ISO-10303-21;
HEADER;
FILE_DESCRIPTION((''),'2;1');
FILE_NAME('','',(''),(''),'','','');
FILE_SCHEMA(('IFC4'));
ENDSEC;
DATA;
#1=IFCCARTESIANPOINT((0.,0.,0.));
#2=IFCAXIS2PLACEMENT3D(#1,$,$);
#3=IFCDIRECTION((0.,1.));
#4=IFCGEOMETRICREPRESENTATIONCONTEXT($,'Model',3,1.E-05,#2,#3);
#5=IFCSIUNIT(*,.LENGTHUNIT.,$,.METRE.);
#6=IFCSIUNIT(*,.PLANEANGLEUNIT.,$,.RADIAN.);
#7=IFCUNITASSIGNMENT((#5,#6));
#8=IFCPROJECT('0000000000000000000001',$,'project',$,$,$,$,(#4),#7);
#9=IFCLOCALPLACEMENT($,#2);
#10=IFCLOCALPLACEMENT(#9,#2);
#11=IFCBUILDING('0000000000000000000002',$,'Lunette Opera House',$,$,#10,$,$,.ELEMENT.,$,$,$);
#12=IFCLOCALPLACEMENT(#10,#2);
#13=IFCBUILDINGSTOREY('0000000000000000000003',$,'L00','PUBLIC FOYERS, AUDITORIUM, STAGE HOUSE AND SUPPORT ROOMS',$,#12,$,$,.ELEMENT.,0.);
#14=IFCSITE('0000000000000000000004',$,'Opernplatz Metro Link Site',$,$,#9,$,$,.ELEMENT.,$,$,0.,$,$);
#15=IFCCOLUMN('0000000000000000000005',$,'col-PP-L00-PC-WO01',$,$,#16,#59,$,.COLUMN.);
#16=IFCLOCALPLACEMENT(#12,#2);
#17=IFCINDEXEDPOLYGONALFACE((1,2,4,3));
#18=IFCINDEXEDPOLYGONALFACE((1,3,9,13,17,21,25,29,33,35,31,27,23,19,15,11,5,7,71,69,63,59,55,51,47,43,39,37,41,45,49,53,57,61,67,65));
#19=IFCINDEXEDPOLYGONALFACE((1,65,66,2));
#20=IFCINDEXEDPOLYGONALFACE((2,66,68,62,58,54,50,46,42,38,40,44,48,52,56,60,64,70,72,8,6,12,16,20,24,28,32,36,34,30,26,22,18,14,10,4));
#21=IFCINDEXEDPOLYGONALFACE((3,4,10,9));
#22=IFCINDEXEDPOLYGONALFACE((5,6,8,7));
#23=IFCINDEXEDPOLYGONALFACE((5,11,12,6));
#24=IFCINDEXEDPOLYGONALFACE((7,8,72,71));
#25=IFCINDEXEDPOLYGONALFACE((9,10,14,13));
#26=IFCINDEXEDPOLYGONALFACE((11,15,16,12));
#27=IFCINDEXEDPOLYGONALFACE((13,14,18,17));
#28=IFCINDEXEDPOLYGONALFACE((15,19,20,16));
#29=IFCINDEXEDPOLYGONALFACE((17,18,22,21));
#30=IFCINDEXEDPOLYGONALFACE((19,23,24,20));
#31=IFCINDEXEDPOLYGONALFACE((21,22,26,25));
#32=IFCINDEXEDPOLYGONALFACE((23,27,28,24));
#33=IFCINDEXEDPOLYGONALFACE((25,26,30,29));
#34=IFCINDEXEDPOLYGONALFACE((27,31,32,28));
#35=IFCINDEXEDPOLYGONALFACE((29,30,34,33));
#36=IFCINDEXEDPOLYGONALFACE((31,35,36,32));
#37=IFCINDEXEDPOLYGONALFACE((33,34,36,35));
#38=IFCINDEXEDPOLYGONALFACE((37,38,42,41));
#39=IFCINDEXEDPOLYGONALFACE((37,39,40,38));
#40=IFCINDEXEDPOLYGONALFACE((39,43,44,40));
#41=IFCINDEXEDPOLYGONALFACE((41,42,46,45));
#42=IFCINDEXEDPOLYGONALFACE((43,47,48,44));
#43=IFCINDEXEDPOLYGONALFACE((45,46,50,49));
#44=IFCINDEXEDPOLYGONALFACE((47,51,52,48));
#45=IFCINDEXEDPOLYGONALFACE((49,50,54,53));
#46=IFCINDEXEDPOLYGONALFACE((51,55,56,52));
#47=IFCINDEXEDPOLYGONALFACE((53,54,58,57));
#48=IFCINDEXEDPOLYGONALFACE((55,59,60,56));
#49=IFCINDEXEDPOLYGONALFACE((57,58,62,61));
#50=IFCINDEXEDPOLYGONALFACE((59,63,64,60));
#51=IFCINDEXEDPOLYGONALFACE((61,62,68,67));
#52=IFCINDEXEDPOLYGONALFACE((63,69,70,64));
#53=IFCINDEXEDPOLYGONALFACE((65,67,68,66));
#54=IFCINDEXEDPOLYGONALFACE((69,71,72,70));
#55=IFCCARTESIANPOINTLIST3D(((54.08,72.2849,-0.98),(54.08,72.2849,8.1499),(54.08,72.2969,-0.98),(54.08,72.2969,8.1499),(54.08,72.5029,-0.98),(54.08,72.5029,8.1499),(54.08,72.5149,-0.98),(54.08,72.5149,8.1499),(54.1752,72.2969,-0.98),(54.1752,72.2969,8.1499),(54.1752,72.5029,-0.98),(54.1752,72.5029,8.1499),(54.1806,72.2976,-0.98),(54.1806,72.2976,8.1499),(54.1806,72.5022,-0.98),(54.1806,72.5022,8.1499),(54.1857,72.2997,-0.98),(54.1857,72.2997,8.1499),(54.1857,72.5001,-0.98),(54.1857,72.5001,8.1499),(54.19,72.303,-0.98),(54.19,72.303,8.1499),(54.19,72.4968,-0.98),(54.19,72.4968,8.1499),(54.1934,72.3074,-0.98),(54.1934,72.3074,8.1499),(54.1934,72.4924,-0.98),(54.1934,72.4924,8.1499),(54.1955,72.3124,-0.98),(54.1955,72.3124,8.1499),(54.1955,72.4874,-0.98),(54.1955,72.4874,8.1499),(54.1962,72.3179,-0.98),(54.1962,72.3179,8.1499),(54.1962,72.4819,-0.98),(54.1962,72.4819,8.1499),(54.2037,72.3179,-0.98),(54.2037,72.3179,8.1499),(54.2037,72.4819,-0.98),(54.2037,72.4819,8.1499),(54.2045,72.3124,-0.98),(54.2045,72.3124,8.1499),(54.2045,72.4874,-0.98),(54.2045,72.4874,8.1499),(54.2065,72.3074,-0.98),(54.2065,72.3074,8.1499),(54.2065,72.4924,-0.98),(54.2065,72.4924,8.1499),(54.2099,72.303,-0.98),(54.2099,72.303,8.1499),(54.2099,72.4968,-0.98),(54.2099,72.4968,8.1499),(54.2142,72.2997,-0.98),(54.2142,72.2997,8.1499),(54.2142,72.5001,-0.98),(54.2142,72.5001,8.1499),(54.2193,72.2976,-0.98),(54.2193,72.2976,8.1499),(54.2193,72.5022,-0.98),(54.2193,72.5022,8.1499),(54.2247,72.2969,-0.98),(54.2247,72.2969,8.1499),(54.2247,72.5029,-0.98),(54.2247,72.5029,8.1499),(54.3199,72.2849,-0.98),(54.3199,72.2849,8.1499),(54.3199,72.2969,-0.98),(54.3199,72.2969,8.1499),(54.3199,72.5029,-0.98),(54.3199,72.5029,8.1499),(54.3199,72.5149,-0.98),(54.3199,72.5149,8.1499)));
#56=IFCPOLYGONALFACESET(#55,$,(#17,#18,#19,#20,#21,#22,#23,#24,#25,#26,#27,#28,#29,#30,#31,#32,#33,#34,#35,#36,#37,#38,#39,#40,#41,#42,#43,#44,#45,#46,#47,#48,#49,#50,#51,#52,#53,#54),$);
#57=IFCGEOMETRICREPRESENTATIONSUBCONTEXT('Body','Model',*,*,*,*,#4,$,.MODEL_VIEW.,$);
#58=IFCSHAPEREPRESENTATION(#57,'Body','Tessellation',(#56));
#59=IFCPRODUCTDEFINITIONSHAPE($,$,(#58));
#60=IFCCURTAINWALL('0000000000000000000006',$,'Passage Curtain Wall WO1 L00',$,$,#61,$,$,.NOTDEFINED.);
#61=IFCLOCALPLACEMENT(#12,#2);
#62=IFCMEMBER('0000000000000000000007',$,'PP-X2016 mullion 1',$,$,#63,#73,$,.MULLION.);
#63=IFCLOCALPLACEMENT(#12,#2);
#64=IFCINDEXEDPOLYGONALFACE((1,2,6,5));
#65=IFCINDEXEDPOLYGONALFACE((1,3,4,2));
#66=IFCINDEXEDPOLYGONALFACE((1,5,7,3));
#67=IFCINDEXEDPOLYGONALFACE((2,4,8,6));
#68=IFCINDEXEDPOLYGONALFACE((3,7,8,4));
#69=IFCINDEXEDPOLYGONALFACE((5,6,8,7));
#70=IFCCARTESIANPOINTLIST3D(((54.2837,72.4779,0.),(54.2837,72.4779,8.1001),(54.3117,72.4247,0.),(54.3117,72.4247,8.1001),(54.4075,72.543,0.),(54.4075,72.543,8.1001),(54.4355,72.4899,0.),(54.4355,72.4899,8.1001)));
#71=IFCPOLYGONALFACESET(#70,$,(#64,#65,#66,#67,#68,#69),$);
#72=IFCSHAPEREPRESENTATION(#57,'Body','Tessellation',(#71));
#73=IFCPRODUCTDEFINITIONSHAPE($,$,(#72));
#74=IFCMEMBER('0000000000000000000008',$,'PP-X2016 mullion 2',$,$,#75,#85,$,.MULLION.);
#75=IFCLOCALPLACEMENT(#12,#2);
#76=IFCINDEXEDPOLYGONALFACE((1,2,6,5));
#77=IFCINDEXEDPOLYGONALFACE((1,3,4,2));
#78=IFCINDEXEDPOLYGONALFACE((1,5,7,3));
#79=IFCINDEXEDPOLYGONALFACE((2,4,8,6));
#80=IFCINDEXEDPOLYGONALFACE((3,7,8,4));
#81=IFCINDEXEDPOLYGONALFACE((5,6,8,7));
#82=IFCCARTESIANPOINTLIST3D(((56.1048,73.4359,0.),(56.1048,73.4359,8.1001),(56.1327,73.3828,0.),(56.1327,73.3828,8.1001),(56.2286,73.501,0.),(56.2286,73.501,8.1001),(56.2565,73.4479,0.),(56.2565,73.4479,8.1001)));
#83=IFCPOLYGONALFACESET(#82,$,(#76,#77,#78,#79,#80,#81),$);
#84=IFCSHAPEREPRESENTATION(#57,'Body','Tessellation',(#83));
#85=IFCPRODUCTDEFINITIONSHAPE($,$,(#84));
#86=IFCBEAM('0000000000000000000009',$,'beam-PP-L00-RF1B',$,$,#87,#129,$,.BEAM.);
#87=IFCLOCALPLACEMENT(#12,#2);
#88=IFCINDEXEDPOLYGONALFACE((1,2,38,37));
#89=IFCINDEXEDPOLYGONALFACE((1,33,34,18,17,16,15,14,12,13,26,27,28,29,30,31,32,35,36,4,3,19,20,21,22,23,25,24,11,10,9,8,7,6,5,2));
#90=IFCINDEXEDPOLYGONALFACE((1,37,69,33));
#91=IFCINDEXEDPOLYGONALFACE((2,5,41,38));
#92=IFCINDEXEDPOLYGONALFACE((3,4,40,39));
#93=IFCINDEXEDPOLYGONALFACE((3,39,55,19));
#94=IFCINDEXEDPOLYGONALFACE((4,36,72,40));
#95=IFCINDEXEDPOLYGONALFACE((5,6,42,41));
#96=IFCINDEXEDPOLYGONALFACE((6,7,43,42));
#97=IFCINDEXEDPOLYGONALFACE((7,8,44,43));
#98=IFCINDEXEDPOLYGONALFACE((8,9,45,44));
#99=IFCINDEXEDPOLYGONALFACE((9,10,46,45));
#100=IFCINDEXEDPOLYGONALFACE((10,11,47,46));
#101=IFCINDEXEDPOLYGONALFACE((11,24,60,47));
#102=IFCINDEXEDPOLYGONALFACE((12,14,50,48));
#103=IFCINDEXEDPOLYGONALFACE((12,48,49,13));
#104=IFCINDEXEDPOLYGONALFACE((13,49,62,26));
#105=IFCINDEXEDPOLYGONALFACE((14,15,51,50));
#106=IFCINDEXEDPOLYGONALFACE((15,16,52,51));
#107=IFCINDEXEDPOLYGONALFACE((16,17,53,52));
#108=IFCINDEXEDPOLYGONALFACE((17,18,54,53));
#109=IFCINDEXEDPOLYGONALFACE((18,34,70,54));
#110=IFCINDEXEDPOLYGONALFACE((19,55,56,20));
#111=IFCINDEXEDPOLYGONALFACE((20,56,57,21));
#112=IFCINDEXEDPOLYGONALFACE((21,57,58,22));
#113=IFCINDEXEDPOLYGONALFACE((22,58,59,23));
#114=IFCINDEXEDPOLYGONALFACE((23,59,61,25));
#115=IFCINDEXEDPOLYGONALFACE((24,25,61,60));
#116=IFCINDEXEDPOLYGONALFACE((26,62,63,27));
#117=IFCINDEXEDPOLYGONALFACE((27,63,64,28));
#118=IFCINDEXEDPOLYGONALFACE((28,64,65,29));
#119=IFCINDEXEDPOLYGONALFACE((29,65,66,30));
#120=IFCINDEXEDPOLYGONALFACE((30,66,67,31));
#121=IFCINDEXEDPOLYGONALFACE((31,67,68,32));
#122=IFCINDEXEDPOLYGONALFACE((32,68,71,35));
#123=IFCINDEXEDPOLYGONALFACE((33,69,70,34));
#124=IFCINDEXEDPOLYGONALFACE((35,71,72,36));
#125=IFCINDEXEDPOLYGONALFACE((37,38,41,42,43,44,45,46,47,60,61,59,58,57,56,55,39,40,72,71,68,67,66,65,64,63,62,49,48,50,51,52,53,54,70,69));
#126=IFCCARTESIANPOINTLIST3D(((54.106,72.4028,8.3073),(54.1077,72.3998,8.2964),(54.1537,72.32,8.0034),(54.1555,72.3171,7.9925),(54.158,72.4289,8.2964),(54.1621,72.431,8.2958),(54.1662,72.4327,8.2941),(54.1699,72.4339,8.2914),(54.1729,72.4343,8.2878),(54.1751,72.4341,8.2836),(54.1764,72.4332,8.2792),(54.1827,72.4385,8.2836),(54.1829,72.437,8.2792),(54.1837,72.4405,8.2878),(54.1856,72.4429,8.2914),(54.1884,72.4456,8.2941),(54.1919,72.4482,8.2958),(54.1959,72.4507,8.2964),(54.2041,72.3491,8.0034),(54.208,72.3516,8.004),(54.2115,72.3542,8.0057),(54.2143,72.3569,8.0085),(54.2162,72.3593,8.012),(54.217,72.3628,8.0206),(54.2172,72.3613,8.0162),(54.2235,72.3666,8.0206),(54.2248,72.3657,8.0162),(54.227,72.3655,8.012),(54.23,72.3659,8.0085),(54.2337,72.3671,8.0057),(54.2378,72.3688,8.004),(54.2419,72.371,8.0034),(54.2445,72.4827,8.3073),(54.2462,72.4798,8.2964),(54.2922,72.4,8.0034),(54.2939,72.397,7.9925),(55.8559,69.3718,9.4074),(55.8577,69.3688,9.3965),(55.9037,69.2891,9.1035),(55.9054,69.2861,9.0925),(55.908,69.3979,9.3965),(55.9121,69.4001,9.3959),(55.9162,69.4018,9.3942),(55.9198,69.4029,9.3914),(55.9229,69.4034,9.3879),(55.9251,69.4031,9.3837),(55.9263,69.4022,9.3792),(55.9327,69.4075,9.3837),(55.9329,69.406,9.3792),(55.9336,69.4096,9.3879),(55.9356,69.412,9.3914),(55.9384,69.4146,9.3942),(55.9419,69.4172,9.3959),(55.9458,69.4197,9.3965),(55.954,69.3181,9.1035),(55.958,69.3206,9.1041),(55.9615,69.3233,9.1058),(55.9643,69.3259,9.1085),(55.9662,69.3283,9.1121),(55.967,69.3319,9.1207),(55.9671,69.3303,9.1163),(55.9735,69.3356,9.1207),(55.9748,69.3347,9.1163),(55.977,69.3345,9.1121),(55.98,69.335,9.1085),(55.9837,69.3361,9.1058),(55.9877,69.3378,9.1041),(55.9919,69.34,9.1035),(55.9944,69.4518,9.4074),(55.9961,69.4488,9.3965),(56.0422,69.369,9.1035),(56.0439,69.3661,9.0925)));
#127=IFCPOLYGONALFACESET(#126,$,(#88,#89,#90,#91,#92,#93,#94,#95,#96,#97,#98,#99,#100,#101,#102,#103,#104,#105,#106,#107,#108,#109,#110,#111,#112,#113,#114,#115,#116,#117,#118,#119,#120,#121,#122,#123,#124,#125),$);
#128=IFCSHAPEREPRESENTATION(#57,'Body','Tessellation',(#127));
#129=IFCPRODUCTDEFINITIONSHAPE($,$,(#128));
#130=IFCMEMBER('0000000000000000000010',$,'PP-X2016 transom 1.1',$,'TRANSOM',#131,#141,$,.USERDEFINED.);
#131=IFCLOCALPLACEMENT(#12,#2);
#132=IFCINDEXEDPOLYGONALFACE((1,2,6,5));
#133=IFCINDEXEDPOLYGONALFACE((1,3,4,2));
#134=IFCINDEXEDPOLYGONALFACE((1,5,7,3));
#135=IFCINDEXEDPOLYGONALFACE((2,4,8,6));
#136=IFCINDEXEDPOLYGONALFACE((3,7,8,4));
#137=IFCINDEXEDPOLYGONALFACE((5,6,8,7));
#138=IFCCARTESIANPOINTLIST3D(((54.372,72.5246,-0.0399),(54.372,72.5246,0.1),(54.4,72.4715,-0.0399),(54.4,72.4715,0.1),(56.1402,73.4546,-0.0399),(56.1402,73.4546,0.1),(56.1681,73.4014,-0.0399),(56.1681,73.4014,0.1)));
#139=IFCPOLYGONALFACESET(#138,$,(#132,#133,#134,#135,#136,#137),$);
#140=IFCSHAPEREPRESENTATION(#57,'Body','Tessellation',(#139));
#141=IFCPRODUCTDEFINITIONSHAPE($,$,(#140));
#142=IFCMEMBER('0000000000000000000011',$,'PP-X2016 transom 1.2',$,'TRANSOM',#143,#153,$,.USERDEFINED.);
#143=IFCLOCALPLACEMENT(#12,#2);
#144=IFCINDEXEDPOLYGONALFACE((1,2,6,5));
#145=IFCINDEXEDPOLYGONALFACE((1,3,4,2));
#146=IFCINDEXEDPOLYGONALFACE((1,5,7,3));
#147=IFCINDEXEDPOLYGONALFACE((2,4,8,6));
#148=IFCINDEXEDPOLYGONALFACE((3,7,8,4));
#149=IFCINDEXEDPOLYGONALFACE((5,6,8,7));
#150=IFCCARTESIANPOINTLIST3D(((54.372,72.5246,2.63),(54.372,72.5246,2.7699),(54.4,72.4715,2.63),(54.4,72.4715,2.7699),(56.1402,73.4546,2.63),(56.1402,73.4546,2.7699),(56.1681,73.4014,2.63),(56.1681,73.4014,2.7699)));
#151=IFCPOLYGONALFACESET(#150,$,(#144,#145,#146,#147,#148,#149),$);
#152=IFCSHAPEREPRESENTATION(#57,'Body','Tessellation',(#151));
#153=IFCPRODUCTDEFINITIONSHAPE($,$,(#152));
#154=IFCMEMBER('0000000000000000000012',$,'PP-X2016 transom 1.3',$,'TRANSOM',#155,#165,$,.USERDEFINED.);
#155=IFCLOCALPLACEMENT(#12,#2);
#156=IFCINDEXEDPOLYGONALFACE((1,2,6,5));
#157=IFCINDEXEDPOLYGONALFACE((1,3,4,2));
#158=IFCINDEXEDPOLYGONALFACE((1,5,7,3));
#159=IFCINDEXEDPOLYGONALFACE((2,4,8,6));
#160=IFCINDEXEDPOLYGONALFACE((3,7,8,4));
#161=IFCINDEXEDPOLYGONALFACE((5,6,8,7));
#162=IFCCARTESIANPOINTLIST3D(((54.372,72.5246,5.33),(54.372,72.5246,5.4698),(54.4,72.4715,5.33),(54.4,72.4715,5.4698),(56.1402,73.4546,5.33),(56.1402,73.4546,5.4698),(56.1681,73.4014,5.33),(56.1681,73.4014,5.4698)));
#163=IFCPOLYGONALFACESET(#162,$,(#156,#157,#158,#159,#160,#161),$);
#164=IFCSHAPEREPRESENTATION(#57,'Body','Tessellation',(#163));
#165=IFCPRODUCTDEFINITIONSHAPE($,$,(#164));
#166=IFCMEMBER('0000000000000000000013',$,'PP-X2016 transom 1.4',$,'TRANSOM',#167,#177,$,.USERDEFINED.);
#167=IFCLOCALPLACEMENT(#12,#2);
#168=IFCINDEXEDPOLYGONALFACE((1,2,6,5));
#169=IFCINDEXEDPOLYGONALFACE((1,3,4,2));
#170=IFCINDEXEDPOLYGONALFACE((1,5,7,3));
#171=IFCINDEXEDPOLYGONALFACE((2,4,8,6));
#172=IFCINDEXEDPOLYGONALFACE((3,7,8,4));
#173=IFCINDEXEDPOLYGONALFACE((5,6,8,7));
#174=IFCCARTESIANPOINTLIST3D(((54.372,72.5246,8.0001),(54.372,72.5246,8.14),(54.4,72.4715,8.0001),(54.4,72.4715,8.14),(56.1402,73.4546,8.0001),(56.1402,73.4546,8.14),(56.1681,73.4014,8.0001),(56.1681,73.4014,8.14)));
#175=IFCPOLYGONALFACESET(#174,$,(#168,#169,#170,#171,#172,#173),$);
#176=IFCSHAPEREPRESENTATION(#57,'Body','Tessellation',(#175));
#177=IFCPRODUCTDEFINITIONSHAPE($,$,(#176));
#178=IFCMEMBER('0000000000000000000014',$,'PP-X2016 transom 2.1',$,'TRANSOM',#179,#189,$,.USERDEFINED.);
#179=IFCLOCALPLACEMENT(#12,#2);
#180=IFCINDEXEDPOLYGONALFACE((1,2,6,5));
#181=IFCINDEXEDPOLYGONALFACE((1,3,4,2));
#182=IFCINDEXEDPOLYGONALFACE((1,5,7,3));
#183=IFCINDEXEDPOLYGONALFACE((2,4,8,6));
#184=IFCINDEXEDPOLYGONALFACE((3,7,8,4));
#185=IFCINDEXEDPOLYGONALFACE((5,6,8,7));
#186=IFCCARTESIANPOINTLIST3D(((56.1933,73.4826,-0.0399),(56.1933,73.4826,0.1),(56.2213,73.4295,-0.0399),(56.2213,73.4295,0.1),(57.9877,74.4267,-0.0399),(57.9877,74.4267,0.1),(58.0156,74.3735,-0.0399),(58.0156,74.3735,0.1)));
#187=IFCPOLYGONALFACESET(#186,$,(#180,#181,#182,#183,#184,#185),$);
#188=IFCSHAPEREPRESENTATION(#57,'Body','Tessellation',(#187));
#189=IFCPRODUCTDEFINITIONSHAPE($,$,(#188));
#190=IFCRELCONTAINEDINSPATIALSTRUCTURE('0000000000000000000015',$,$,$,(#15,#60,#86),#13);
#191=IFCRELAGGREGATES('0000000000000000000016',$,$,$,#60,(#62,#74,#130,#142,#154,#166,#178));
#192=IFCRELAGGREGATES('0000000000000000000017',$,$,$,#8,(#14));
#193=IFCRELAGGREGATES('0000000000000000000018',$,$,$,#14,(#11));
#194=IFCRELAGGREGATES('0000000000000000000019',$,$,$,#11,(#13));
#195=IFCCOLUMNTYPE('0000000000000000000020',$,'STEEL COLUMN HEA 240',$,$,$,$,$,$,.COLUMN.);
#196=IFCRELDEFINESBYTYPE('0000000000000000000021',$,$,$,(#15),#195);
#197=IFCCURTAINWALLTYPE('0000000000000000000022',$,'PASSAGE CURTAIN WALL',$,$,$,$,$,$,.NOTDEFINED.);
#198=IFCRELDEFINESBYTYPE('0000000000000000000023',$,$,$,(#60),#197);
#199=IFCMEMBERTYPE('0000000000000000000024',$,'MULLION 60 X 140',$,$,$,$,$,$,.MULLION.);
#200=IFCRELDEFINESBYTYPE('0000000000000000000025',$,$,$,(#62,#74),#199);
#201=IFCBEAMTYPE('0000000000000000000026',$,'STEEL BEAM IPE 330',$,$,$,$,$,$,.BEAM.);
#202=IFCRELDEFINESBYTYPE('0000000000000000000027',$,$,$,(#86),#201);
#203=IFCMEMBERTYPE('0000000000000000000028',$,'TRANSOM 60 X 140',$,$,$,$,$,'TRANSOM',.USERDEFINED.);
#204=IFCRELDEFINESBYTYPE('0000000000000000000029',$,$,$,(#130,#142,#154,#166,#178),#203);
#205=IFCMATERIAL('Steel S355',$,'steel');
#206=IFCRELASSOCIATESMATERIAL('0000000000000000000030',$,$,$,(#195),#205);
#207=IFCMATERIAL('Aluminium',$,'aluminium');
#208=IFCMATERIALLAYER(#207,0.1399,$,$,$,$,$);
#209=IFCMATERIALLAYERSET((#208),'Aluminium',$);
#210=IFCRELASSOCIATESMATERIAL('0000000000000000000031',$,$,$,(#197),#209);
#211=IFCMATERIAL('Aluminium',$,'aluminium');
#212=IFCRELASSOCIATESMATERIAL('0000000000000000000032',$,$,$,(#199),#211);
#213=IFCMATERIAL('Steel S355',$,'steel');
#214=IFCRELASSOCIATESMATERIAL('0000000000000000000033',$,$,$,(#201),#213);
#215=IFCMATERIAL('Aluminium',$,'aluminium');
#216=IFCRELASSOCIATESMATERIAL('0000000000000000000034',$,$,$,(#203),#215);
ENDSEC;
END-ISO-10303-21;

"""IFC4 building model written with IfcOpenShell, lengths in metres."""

from ifc_helpers import new_model, si_unit, direction, frame, origin, origin_2d, place, context, subcontext, project, spatial, rectangle, i_section, extrude, material, layer, layer_set, material_profile, profile_set, type_object, element, aggregate, save


model = new_model("IFC4")

# Units and contexts
model_context = context("Model", 3, precision=1e-05, world=origin(), true_north=direction((0.0, 1.0)))
body_context = subcontext(model_context, "Body", "Model", "MODEL_VIEW")
ifc_project = project(units=[si_unit("LENGTHUNIT", "METRE"), si_unit("PLANEANGLEUNIT", "RADIAN")], contexts=[model_context])

# Site, building, storey
site_placement = place(None, origin())
site = spatial("IfcSite", under=ifc_project, at=site_placement, Name="Opernplatz Metro Link Site", CompositionType="ELEMENT", RefElevation=0.0)
building_placement = place(site_placement, origin())
building = spatial("IfcBuilding", under=site, at=building_placement, Name="Lunette Opera House", CompositionType="ELEMENT")
storey_placement = place(building_placement, origin())
storey = spatial("IfcBuildingStorey", under=building, at=storey_placement, Name="L00", Description="PUBLIC FOYERS, AUDITORIUM, STAGE HOUSE AND SUPPORT ROOMS", CompositionType="ELEMENT", Elevation=0.0)

# Column
ifc_material_1 = material(Name="Steel S355", Category="steel")
ifc_material_profile_1 = material_profile(ifc_material_1, i_section(OverallWidth=0.24, OverallDepth=0.23, WebThickness=0.0076, FlangeThickness=0.012, FilletRadius=0.021, at=origin_2d()), Name="HEA 240")
ifc_profile_set_1 = profile_set([ifc_material_profile_1], Name="Steel S355")
column_type = type_object("IfcColumnType", Name="STEEL COLUMN HEA 240", PredefinedType="COLUMN", material=ifc_profile_set_1)
column_placement = place(storey_placement, frame((54.2, 72.3999, -0.98), z_axis=(0.0, 0.0, 1.0), x_axis=(1.0, 0.0, 0.0)))
element("IfcColumn", 1, at=column_placement, inside=storey, type_object=column_type, Name="col-PP-L00-PC-WO01", PredefinedType="COLUMN", context=body_context, shape_type="SweptSolid", body=[
    extrude(i_section(OverallWidth=0.24, OverallDepth=0.23, WebThickness=0.0076, FlangeThickness=0.012, FilletRadius=0.021, at=origin_2d()), origin(), (0.0, 0.0, 1.0), 9.1299),
])

# Curtain wall, members
ifc_material_2 = material(Name="Aluminium", Category="aluminium")
ifc_layer_1 = layer(ifc_material_2, 0.1399)
ifc_layer_set_1 = layer_set([ifc_layer_1], Name="Aluminium")
curtain_wall_type = type_object("IfcCurtainWallType", Name="PASSAGE CURTAIN WALL", PredefinedType="NOTDEFINED", material=ifc_layer_set_1)
curtain_wall_placement = place(storey_placement, origin())
curtain_wall = element("IfcCurtainWall", 2, at=curtain_wall_placement, inside=storey, type_object=curtain_wall_type, Name="Passage Curtain Wall WO1 L00", PredefinedType="NOTDEFINED")
ifc_material_3 = material(Name="Aluminium", Category="aluminium")
ifc_material_profile_2 = material_profile(ifc_material_3, rectangle(XDim=0.0601, YDim=0.1399, at=origin_2d()), Name="MULLION 60 X 140")
ifc_profile_set_2 = profile_set([ifc_material_profile_2], Name="Aluminium")
member_type_1 = type_object("IfcMemberType", Name="MULLION 60 X 140", PredefinedType="MULLION", material=ifc_profile_set_2)
member_1_placement = place(storey_placement, frame((54.3596, 72.4839, 0.0), z_axis=(0.0, 0.0, 1.0), x_axis=(-0.465575, 0.885008, 0.0)))
member_1 = element("IfcMember", 3, at=member_1_placement, type_object=member_type_1, Name="PP-X2016 mullion 1", PredefinedType="MULLION", context=body_context, shape_type="SweptSolid", body=[
    extrude(rectangle(XDim=0.0601, YDim=0.1399, at=origin_2d()), origin(), (0.0, 0.0, 1.0), 8.1001),
])
member_2_placement = place(storey_placement, frame((56.1807, 73.4419, 0.0), z_axis=(0.0, 0.0, 1.0), x_axis=(-0.465575, 0.885008, 0.0)))
member_2 = element("IfcMember", 4, at=member_2_placement, type_object=member_type_1, Name="PP-X2016 mullion 2", PredefinedType="MULLION", context=body_context, shape_type="SweptSolid", body=[
    extrude(rectangle(XDim=0.0601, YDim=0.1399, at=origin_2d()), origin(), (0.0, 0.0, 1.0), 8.1001),
])

# Beam
ifc_material_4 = material(Name="Steel S355", Category="steel")
ifc_material_profile_3 = material_profile(ifc_material_4, i_section(OverallWidth=0.1599, OverallDepth=0.3301, WebThickness=0.0076, FlangeThickness=0.0115, FilletRadius=0.0181, at=origin_2d()), Name="IPE 330")
ifc_profile_set_3 = profile_set([ifc_material_profile_3], Name="Steel S355")
beam_type = type_object("IfcBeamType", Name="STEEL BEAM IPE 330", PredefinedType="BEAM", material=ifc_profile_set_3)
beam_placement = place(storey_placement, frame((54.2, 72.3999, 8.1499), z_axis=(0.477002, -0.826169, 0.299856), x_axis=(0.866019, 0.50001, 0.0)))
element("IfcBeam", 5, at=beam_placement, inside=storey, type_object=beam_type, Name="beam-PP-L00-RF1B", PredefinedType="BEAM", context=body_context, shape_type="SweptSolid", body=[
    extrude(i_section(OverallWidth=0.1599, OverallDepth=0.3301, WebThickness=0.0076, FlangeThickness=0.0115, FilletRadius=0.0181, at=origin_2d()), origin(), (0.0, 0.0, 1.0), 3.6687),
])

# Members
ifc_material_5 = material(Name="Aluminium", Category="aluminium")
ifc_material_profile_4 = material_profile(ifc_material_5, rectangle(XDim=0.0601, YDim=0.1399, at=origin_2d()), Name="TRANSOM 60 X 140")
ifc_profile_set_4 = profile_set([ifc_material_profile_4], Name="Aluminium")
member_type_2 = type_object("IfcMemberType", Name="TRANSOM 60 X 140", ElementType="TRANSOM", PredefinedType="USERDEFINED", material=ifc_profile_set_4)
member_3_placement = place(storey_placement, frame((54.386, 72.498, 0.03), z_axis=(0.885048, 0.4655, 0.0), x_axis=(-0.4655, 0.885048, 0.0)))
member_3 = element("IfcMember", 6, at=member_3_placement, type_object=member_type_2, Name="PP-X2016 transom 1.1", ObjectType="TRANSOM", PredefinedType="USERDEFINED", context=body_context, shape_type="SweptSolid", body=[
    extrude(rectangle(XDim=0.0601, YDim=0.1399, at=origin_2d()), origin(), (0.0, 0.0, 1.0), 1.9978),
])
member_4_placement = place(storey_placement, frame((54.386, 72.498, 2.7), z_axis=(0.885048, 0.4655, 0.0), x_axis=(-0.4655, 0.885048, 0.0)))
member_4 = element("IfcMember", 7, at=member_4_placement, type_object=member_type_2, Name="PP-X2016 transom 1.2", ObjectType="TRANSOM", PredefinedType="USERDEFINED", context=body_context, shape_type="SweptSolid", body=[
    extrude(rectangle(XDim=0.0601, YDim=0.1399, at=origin_2d()), origin(), (0.0, 0.0, 1.0), 1.9978),
])
member_5_placement = place(storey_placement, frame((54.386, 72.498, 5.3999), z_axis=(0.885048, 0.4655, 0.0), x_axis=(-0.4655, 0.885048, 0.0)))
member_5 = element("IfcMember", 8, at=member_5_placement, type_object=member_type_2, Name="PP-X2016 transom 1.3", ObjectType="TRANSOM", PredefinedType="USERDEFINED", context=body_context, shape_type="SweptSolid", body=[
    extrude(rectangle(XDim=0.0601, YDim=0.1399, at=origin_2d()), origin(), (0.0, 0.0, 1.0), 1.9978),
])
member_6_placement = place(storey_placement, frame((54.386, 72.498, 8.0701), z_axis=(0.885048, 0.4655, 0.0), x_axis=(-0.4655, 0.885048, 0.0)))
member_6 = element("IfcMember", 9, at=member_6_placement, type_object=member_type_2, Name="PP-X2016 transom 1.4", ObjectType="TRANSOM", PredefinedType="USERDEFINED", context=body_context, shape_type="SweptSolid", body=[
    extrude(rectangle(XDim=0.0601, YDim=0.1399, at=origin_2d()), origin(), (0.0, 0.0, 1.0), 1.9978),
])
member_7_placement = place(storey_placement, frame((56.2073, 73.4561, 0.03), z_axis=(0.884989, 0.465612, 0.0), x_axis=(-0.465612, 0.884989, 0.0)))
member_7 = element("IfcMember", 10, at=member_7_placement, type_object=member_type_2, Name="PP-X2016 transom 2.1", ObjectType="TRANSOM", PredefinedType="USERDEFINED", context=body_context, shape_type="SweptSolid", body=[
    extrude(rectangle(XDim=0.0601, YDim=0.1399, at=origin_2d()), origin(), (0.0, 0.0, 1.0), 2.0276),
])

aggregate(curtain_wall, [member_1, member_2, member_3, member_4, member_5, member_6, member_7])

save(model, "model.ifc")
